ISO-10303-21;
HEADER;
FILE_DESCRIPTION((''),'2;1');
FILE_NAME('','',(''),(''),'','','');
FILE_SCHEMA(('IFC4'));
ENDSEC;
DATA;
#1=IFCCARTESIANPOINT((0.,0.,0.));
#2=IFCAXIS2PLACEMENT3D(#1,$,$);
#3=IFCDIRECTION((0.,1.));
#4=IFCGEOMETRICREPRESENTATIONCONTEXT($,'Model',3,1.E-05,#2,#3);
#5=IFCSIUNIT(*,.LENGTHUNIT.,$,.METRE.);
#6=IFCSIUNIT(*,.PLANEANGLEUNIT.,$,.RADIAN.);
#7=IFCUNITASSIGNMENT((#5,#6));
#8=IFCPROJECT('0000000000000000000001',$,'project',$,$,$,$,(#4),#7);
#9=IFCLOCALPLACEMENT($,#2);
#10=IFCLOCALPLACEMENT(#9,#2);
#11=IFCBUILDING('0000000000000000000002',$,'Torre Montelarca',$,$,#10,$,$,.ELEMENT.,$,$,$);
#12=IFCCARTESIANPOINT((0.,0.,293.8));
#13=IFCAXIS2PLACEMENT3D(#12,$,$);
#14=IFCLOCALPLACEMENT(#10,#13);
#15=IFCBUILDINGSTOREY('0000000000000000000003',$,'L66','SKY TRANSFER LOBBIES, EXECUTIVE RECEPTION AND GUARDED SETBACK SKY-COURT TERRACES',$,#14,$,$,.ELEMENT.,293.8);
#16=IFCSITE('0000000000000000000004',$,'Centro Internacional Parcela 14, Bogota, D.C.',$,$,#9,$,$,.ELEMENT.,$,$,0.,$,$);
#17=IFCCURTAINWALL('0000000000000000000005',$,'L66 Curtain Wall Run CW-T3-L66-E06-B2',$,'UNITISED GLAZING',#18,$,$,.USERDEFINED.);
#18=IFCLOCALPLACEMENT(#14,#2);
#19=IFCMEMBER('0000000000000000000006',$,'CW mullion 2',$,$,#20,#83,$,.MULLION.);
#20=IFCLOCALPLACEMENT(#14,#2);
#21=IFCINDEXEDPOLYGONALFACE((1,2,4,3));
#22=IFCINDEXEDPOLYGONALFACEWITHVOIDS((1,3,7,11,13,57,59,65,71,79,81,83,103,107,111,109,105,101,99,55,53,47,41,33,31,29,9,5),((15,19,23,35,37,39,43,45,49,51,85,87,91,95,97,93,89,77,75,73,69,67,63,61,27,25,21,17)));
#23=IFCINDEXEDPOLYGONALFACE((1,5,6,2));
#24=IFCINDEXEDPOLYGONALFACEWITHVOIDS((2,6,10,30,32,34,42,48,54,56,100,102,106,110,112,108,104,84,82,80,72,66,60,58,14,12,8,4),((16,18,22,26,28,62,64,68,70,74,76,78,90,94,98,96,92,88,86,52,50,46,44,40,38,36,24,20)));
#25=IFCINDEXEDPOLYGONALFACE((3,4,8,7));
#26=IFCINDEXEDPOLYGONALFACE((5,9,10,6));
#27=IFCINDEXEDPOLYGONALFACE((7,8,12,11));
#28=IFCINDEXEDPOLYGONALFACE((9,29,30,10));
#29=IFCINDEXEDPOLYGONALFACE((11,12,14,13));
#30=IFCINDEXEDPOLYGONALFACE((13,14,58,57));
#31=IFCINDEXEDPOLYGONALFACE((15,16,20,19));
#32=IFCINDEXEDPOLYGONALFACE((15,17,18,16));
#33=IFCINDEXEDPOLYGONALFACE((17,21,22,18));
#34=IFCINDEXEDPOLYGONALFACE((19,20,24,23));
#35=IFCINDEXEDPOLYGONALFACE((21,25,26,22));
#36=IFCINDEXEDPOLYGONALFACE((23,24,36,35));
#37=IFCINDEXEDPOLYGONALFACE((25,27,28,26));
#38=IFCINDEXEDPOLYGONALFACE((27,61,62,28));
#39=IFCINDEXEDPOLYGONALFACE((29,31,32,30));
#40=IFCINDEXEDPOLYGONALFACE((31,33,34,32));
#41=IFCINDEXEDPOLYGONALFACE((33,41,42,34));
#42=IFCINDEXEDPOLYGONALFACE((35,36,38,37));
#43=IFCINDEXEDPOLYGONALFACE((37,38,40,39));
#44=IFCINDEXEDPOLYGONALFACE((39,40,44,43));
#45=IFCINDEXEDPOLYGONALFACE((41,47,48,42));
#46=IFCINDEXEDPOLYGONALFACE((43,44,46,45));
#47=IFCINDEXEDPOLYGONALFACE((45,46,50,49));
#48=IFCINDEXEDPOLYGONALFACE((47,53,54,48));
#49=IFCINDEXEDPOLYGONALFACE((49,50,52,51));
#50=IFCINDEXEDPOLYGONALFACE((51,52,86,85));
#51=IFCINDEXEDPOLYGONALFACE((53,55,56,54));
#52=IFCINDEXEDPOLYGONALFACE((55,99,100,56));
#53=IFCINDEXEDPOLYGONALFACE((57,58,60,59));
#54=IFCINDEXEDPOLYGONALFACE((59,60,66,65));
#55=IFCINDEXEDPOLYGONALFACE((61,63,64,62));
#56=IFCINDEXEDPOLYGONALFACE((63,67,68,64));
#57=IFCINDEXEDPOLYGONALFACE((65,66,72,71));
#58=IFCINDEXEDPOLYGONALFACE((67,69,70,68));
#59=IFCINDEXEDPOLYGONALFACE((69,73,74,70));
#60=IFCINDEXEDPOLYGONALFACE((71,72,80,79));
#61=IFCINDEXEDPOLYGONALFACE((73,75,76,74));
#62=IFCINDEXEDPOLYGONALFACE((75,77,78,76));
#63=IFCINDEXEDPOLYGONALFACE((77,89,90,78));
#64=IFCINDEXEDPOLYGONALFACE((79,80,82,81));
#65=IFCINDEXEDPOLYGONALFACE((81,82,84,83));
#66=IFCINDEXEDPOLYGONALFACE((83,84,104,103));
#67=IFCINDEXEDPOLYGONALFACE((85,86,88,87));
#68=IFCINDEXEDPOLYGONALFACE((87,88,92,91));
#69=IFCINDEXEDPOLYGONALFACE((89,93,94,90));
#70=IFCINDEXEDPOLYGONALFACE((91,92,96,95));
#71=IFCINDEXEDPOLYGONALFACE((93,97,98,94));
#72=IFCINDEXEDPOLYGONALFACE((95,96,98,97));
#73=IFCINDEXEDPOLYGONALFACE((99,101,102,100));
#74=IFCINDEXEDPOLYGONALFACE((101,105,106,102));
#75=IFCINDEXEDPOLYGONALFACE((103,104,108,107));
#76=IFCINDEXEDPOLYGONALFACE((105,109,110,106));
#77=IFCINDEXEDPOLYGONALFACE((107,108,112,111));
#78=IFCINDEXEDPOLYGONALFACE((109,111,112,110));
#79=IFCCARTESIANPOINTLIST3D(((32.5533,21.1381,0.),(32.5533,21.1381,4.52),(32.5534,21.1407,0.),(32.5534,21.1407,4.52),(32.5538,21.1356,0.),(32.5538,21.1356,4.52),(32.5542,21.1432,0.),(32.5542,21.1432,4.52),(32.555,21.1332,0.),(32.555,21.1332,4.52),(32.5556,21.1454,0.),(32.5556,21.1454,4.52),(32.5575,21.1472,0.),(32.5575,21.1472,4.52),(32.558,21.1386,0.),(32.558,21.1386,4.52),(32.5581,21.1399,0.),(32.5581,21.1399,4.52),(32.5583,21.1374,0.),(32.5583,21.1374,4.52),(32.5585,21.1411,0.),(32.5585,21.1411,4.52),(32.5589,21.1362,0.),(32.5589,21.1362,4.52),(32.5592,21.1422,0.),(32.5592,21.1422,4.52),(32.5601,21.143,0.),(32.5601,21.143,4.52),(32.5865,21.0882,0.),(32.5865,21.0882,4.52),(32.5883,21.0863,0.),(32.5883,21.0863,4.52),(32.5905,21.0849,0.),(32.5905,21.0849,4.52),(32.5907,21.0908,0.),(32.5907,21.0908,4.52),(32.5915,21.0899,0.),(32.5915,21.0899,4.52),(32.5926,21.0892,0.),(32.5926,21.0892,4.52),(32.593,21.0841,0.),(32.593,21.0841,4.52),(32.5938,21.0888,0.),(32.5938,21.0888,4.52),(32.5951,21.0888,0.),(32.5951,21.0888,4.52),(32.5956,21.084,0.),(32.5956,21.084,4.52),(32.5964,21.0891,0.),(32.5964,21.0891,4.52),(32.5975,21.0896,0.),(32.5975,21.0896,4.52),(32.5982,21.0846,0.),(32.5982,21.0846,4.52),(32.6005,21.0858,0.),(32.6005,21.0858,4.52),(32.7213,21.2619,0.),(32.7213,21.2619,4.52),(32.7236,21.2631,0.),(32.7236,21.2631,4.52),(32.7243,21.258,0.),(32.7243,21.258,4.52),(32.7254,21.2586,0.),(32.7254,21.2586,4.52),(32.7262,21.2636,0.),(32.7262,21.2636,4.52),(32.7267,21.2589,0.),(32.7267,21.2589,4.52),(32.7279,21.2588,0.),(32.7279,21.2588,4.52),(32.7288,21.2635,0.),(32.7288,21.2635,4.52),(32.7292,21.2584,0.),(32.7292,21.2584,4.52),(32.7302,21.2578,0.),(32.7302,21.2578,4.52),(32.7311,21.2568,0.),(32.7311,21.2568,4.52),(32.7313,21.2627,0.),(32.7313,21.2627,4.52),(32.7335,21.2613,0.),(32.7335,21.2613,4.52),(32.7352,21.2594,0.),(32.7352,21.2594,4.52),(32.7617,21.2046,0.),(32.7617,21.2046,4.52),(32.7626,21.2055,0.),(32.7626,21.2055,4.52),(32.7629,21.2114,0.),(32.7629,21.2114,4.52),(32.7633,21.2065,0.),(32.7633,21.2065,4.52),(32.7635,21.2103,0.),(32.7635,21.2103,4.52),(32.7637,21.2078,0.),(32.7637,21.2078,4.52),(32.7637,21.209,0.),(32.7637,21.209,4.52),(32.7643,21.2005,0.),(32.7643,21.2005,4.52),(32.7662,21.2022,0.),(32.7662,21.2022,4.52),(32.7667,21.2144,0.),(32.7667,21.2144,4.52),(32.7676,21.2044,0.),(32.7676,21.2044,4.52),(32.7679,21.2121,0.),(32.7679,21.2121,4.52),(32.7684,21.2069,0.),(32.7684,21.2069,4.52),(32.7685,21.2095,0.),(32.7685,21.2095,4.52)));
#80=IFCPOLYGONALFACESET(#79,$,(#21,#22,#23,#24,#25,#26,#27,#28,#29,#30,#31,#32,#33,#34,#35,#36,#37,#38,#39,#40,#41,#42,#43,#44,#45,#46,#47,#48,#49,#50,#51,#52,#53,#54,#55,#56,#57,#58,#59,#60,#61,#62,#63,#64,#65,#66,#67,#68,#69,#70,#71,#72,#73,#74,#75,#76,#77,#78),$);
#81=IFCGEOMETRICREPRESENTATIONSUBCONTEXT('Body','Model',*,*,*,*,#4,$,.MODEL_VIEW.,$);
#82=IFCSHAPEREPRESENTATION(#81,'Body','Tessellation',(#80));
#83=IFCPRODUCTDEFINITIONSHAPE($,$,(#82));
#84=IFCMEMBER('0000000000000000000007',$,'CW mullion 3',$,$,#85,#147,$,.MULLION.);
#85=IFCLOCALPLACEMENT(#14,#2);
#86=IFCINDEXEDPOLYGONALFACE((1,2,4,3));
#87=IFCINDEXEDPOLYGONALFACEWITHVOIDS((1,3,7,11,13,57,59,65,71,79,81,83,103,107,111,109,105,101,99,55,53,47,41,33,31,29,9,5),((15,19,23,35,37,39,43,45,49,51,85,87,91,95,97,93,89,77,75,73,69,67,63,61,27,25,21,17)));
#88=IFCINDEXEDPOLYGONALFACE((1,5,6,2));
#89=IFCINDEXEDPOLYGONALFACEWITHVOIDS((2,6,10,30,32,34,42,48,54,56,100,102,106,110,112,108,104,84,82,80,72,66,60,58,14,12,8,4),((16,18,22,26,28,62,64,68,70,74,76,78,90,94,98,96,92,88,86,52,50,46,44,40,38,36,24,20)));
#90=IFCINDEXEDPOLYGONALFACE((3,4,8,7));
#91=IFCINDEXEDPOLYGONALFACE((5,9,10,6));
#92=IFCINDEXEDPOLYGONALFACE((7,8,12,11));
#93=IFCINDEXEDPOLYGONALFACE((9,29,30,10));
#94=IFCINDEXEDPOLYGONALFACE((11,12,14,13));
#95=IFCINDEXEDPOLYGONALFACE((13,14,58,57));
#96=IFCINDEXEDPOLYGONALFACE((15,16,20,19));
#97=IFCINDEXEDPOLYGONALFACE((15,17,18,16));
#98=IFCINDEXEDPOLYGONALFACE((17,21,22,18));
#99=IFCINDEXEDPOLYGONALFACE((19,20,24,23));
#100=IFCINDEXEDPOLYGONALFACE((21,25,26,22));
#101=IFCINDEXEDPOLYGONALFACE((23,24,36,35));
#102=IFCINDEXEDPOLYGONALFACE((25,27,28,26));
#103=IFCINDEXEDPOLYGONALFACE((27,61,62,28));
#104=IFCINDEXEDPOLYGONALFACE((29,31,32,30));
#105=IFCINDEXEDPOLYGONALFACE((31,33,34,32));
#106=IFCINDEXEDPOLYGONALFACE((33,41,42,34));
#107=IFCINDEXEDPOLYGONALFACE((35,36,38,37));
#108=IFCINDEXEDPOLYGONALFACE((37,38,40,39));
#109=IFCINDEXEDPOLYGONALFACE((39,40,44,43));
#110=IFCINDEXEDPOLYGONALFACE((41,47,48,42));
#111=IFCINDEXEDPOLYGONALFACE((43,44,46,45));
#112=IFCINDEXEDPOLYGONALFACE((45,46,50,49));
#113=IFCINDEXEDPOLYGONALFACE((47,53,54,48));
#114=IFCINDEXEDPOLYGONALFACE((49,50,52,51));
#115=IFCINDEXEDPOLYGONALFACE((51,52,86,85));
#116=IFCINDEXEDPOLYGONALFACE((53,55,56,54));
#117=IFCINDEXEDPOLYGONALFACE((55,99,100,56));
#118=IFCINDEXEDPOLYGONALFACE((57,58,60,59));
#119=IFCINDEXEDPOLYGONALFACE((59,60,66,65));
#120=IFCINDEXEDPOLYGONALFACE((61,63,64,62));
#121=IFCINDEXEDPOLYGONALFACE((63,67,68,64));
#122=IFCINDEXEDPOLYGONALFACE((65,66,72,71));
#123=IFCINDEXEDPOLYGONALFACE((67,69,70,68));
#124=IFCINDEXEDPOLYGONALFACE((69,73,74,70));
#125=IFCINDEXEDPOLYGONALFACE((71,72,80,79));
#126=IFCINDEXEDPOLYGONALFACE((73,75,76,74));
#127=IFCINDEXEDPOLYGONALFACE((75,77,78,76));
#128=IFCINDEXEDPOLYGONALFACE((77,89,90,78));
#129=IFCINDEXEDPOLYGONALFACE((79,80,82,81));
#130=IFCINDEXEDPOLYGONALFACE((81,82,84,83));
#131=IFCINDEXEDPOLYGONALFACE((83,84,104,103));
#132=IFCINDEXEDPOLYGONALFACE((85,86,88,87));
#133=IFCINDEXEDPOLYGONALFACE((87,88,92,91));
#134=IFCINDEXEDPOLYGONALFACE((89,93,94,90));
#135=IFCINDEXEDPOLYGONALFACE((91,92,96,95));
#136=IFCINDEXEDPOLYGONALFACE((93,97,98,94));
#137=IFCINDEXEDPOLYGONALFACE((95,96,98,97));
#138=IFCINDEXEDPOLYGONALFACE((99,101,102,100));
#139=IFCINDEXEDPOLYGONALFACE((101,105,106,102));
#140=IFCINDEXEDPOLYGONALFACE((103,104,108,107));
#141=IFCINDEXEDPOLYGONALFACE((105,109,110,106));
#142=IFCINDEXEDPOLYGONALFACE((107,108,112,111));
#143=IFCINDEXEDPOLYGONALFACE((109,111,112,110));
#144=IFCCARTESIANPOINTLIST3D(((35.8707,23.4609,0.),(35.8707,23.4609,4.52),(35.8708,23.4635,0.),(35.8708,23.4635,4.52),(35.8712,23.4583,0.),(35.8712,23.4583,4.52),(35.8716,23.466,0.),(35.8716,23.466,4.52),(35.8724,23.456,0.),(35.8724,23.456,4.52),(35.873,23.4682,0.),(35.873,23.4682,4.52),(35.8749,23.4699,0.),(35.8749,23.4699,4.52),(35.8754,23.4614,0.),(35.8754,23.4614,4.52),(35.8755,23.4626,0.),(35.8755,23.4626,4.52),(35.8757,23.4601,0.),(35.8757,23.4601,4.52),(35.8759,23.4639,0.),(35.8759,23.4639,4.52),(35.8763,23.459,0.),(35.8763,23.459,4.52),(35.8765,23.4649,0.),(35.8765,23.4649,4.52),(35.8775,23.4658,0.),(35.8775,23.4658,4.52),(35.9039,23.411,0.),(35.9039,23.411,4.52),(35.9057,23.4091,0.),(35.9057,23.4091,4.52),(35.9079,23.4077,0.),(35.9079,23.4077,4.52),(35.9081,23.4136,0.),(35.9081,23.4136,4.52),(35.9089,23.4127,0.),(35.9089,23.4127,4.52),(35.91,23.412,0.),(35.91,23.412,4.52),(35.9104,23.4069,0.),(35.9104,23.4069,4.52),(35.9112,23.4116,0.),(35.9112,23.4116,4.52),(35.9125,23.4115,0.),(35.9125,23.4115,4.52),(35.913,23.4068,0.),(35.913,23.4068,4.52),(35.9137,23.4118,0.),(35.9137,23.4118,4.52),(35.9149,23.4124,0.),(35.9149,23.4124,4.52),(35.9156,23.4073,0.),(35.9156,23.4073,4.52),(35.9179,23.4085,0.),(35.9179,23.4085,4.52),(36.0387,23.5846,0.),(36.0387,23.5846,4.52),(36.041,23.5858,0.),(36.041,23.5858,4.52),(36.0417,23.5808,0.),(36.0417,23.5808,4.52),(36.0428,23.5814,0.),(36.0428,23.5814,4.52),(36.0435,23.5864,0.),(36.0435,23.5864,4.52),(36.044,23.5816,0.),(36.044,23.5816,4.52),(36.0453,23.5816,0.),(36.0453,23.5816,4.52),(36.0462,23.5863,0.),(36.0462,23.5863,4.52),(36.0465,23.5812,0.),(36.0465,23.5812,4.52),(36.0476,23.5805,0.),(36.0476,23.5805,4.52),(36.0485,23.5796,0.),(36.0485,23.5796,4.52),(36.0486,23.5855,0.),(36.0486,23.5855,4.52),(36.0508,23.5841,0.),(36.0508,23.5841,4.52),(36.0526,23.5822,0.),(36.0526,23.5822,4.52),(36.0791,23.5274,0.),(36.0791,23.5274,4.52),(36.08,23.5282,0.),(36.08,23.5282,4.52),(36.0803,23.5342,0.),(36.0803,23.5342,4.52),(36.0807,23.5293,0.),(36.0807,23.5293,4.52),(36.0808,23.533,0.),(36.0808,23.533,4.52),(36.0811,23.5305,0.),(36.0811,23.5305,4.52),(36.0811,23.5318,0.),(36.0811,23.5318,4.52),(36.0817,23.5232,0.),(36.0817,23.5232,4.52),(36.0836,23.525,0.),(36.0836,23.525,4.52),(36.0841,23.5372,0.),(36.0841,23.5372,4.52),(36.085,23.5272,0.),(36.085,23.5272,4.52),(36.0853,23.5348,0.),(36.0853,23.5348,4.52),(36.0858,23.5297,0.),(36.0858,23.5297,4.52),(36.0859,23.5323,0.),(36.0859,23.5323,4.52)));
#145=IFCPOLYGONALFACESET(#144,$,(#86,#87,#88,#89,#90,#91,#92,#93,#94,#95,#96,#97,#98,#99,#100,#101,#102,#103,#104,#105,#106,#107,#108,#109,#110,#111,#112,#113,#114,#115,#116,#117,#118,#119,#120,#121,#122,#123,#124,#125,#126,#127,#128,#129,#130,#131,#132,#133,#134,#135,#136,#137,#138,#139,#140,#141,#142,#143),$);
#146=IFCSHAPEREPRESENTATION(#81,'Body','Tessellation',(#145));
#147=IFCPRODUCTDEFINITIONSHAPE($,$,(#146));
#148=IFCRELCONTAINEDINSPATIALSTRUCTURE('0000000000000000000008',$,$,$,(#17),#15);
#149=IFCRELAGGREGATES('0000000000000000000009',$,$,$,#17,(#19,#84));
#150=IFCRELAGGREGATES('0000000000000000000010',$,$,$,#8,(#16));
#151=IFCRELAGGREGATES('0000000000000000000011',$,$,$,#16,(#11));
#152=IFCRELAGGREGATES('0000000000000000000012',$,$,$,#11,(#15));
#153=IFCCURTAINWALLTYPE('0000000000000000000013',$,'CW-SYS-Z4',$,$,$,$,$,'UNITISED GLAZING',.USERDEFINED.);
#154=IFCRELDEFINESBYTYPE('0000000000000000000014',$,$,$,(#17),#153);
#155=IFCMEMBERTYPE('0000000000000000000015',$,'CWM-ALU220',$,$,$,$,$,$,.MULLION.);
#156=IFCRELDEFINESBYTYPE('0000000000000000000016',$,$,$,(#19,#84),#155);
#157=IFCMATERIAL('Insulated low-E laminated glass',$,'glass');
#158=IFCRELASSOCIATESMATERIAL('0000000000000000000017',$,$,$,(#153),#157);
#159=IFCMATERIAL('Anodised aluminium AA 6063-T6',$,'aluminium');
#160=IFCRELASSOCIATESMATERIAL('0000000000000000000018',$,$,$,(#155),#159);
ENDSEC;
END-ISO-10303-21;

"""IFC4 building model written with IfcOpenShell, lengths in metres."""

from ifc_helpers import new_model, si_unit, direction, frame, origin, origin_2d, place, context, subcontext, project, spatial, hollow_rectangle, extrude, source, transform, mapped, material, material_profile, profile_set, type_object, element, aggregate, save


model = new_model("IFC4")

# Units and contexts
model_context = context("Model", 3, precision=1e-05, world=origin(), true_north=direction((0.0, 1.0)))
body_context = subcontext(model_context, "Body", "Model", "MODEL_VIEW")
ifc_project = project(units=[si_unit("LENGTHUNIT", "METRE"), si_unit("PLANEANGLEUNIT", "RADIAN")], contexts=[model_context])

# Site, building, storey
site_placement = place(None, origin())
site = spatial("IfcSite", under=ifc_project, at=site_placement, Name="Centro Internacional Parcela 14, Bogota, D.C.", CompositionType="ELEMENT", RefElevation=0.0)
building_placement = place(site_placement, origin())
building = spatial("IfcBuilding", under=site, at=building_placement, Name="Torre Montelarca", CompositionType="ELEMENT")
storey_placement = place(building_placement, frame((0.0, 0.0, 293.8)))
storey = spatial("IfcBuildingStorey", under=building, at=storey_placement, Name="L66", Description="SKY TRANSFER LOBBIES, EXECUTIVE RECEPTION AND GUARDED SETBACK SKY-COURT TERRACES", CompositionType="ELEMENT", Elevation=293.8)

# Shared definitions
ifc_material_1 = material(Name="Insulated low-E laminated glass", Category="glass")
curtain_wall_type = type_object("IfcCurtainWallType", Name="CW-SYS-Z4", ElementType="UNITISED GLAZING", PredefinedType="USERDEFINED", material=ifc_material_1)
ifc_material_2 = material(Name="Anodised aluminium AA 6063-T6", Category="aluminium")
ifc_material_profile_1 = material_profile(ifc_material_2, hollow_rectangle(XDim=0.075, YDim=0.22, WallThickness=0.0049, InnerFilletRadius=0.0049, OuterFilletRadius=0.01, at=origin_2d()), Name="ALU75X220X5", Category="aluminium")
ifc_profile_set_1 = profile_set([ifc_material_profile_1], Name="Anodised aluminium AA 6063-T6")
member_type_1 = type_object("IfcMemberType", Name="CWM-ALU220", PredefinedType="MULLION", material=ifc_profile_set_1)
shared_shape_1 = source(origin(), body_context, "Body", "SweptSolid", [
    extrude(hollow_rectangle(XDim=0.075, YDim=0.22, WallThickness=0.0049, InnerFilletRadius=0.0049, OuterFilletRadius=0.01, at=origin_2d()), origin(), (0.0, 0.0, 1.0), 4.52),
])

# Curtain wall, members
curtain_wall_1_placement = place(storey_placement, origin())
curtain_wall_1 = element("IfcCurtainWall", 1, at=curtain_wall_1_placement, inside=storey, type_object=curtain_wall_type, Name="L66 Curtain Wall Run CW-T3-L66-E06-B2", ObjectType="UNITISED GLAZING", PredefinedType="USERDEFINED")
member_1_placement = place(storey_placement, frame((32.6609, 21.1738, 0.0), z_axis=(0.0, 0.0, 1.0), x_axis=(-0.573569, 0.819157, 0.0)))
member_1 = element("IfcMember", 2, at=member_1_placement, type_object=member_type_1, Name="CW mullion 2", PredefinedType="MULLION", context=body_context, shape_type="MappedRepresentation", body=[
    mapped(shared_shape_1, transform((0.0, 0.0, 0.0), scale=1.0)),
])
member_2_placement = place(storey_placement, frame((35.9783, 23.4966, 0.0), z_axis=(0.0, 0.0, 1.0), x_axis=(-0.573569, 0.819157, 0.0)))
member_2 = element("IfcMember", 3, at=member_2_placement, type_object=member_type_1, Name="CW mullion 3", PredefinedType="MULLION", context=body_context, shape_type="MappedRepresentation", body=[
    mapped(shared_shape_1, transform((0.0, 0.0, 0.0), scale=1.0)),
])

aggregate(curtain_wall_1, [member_1, member_2])

save(model, "model.ifc")
